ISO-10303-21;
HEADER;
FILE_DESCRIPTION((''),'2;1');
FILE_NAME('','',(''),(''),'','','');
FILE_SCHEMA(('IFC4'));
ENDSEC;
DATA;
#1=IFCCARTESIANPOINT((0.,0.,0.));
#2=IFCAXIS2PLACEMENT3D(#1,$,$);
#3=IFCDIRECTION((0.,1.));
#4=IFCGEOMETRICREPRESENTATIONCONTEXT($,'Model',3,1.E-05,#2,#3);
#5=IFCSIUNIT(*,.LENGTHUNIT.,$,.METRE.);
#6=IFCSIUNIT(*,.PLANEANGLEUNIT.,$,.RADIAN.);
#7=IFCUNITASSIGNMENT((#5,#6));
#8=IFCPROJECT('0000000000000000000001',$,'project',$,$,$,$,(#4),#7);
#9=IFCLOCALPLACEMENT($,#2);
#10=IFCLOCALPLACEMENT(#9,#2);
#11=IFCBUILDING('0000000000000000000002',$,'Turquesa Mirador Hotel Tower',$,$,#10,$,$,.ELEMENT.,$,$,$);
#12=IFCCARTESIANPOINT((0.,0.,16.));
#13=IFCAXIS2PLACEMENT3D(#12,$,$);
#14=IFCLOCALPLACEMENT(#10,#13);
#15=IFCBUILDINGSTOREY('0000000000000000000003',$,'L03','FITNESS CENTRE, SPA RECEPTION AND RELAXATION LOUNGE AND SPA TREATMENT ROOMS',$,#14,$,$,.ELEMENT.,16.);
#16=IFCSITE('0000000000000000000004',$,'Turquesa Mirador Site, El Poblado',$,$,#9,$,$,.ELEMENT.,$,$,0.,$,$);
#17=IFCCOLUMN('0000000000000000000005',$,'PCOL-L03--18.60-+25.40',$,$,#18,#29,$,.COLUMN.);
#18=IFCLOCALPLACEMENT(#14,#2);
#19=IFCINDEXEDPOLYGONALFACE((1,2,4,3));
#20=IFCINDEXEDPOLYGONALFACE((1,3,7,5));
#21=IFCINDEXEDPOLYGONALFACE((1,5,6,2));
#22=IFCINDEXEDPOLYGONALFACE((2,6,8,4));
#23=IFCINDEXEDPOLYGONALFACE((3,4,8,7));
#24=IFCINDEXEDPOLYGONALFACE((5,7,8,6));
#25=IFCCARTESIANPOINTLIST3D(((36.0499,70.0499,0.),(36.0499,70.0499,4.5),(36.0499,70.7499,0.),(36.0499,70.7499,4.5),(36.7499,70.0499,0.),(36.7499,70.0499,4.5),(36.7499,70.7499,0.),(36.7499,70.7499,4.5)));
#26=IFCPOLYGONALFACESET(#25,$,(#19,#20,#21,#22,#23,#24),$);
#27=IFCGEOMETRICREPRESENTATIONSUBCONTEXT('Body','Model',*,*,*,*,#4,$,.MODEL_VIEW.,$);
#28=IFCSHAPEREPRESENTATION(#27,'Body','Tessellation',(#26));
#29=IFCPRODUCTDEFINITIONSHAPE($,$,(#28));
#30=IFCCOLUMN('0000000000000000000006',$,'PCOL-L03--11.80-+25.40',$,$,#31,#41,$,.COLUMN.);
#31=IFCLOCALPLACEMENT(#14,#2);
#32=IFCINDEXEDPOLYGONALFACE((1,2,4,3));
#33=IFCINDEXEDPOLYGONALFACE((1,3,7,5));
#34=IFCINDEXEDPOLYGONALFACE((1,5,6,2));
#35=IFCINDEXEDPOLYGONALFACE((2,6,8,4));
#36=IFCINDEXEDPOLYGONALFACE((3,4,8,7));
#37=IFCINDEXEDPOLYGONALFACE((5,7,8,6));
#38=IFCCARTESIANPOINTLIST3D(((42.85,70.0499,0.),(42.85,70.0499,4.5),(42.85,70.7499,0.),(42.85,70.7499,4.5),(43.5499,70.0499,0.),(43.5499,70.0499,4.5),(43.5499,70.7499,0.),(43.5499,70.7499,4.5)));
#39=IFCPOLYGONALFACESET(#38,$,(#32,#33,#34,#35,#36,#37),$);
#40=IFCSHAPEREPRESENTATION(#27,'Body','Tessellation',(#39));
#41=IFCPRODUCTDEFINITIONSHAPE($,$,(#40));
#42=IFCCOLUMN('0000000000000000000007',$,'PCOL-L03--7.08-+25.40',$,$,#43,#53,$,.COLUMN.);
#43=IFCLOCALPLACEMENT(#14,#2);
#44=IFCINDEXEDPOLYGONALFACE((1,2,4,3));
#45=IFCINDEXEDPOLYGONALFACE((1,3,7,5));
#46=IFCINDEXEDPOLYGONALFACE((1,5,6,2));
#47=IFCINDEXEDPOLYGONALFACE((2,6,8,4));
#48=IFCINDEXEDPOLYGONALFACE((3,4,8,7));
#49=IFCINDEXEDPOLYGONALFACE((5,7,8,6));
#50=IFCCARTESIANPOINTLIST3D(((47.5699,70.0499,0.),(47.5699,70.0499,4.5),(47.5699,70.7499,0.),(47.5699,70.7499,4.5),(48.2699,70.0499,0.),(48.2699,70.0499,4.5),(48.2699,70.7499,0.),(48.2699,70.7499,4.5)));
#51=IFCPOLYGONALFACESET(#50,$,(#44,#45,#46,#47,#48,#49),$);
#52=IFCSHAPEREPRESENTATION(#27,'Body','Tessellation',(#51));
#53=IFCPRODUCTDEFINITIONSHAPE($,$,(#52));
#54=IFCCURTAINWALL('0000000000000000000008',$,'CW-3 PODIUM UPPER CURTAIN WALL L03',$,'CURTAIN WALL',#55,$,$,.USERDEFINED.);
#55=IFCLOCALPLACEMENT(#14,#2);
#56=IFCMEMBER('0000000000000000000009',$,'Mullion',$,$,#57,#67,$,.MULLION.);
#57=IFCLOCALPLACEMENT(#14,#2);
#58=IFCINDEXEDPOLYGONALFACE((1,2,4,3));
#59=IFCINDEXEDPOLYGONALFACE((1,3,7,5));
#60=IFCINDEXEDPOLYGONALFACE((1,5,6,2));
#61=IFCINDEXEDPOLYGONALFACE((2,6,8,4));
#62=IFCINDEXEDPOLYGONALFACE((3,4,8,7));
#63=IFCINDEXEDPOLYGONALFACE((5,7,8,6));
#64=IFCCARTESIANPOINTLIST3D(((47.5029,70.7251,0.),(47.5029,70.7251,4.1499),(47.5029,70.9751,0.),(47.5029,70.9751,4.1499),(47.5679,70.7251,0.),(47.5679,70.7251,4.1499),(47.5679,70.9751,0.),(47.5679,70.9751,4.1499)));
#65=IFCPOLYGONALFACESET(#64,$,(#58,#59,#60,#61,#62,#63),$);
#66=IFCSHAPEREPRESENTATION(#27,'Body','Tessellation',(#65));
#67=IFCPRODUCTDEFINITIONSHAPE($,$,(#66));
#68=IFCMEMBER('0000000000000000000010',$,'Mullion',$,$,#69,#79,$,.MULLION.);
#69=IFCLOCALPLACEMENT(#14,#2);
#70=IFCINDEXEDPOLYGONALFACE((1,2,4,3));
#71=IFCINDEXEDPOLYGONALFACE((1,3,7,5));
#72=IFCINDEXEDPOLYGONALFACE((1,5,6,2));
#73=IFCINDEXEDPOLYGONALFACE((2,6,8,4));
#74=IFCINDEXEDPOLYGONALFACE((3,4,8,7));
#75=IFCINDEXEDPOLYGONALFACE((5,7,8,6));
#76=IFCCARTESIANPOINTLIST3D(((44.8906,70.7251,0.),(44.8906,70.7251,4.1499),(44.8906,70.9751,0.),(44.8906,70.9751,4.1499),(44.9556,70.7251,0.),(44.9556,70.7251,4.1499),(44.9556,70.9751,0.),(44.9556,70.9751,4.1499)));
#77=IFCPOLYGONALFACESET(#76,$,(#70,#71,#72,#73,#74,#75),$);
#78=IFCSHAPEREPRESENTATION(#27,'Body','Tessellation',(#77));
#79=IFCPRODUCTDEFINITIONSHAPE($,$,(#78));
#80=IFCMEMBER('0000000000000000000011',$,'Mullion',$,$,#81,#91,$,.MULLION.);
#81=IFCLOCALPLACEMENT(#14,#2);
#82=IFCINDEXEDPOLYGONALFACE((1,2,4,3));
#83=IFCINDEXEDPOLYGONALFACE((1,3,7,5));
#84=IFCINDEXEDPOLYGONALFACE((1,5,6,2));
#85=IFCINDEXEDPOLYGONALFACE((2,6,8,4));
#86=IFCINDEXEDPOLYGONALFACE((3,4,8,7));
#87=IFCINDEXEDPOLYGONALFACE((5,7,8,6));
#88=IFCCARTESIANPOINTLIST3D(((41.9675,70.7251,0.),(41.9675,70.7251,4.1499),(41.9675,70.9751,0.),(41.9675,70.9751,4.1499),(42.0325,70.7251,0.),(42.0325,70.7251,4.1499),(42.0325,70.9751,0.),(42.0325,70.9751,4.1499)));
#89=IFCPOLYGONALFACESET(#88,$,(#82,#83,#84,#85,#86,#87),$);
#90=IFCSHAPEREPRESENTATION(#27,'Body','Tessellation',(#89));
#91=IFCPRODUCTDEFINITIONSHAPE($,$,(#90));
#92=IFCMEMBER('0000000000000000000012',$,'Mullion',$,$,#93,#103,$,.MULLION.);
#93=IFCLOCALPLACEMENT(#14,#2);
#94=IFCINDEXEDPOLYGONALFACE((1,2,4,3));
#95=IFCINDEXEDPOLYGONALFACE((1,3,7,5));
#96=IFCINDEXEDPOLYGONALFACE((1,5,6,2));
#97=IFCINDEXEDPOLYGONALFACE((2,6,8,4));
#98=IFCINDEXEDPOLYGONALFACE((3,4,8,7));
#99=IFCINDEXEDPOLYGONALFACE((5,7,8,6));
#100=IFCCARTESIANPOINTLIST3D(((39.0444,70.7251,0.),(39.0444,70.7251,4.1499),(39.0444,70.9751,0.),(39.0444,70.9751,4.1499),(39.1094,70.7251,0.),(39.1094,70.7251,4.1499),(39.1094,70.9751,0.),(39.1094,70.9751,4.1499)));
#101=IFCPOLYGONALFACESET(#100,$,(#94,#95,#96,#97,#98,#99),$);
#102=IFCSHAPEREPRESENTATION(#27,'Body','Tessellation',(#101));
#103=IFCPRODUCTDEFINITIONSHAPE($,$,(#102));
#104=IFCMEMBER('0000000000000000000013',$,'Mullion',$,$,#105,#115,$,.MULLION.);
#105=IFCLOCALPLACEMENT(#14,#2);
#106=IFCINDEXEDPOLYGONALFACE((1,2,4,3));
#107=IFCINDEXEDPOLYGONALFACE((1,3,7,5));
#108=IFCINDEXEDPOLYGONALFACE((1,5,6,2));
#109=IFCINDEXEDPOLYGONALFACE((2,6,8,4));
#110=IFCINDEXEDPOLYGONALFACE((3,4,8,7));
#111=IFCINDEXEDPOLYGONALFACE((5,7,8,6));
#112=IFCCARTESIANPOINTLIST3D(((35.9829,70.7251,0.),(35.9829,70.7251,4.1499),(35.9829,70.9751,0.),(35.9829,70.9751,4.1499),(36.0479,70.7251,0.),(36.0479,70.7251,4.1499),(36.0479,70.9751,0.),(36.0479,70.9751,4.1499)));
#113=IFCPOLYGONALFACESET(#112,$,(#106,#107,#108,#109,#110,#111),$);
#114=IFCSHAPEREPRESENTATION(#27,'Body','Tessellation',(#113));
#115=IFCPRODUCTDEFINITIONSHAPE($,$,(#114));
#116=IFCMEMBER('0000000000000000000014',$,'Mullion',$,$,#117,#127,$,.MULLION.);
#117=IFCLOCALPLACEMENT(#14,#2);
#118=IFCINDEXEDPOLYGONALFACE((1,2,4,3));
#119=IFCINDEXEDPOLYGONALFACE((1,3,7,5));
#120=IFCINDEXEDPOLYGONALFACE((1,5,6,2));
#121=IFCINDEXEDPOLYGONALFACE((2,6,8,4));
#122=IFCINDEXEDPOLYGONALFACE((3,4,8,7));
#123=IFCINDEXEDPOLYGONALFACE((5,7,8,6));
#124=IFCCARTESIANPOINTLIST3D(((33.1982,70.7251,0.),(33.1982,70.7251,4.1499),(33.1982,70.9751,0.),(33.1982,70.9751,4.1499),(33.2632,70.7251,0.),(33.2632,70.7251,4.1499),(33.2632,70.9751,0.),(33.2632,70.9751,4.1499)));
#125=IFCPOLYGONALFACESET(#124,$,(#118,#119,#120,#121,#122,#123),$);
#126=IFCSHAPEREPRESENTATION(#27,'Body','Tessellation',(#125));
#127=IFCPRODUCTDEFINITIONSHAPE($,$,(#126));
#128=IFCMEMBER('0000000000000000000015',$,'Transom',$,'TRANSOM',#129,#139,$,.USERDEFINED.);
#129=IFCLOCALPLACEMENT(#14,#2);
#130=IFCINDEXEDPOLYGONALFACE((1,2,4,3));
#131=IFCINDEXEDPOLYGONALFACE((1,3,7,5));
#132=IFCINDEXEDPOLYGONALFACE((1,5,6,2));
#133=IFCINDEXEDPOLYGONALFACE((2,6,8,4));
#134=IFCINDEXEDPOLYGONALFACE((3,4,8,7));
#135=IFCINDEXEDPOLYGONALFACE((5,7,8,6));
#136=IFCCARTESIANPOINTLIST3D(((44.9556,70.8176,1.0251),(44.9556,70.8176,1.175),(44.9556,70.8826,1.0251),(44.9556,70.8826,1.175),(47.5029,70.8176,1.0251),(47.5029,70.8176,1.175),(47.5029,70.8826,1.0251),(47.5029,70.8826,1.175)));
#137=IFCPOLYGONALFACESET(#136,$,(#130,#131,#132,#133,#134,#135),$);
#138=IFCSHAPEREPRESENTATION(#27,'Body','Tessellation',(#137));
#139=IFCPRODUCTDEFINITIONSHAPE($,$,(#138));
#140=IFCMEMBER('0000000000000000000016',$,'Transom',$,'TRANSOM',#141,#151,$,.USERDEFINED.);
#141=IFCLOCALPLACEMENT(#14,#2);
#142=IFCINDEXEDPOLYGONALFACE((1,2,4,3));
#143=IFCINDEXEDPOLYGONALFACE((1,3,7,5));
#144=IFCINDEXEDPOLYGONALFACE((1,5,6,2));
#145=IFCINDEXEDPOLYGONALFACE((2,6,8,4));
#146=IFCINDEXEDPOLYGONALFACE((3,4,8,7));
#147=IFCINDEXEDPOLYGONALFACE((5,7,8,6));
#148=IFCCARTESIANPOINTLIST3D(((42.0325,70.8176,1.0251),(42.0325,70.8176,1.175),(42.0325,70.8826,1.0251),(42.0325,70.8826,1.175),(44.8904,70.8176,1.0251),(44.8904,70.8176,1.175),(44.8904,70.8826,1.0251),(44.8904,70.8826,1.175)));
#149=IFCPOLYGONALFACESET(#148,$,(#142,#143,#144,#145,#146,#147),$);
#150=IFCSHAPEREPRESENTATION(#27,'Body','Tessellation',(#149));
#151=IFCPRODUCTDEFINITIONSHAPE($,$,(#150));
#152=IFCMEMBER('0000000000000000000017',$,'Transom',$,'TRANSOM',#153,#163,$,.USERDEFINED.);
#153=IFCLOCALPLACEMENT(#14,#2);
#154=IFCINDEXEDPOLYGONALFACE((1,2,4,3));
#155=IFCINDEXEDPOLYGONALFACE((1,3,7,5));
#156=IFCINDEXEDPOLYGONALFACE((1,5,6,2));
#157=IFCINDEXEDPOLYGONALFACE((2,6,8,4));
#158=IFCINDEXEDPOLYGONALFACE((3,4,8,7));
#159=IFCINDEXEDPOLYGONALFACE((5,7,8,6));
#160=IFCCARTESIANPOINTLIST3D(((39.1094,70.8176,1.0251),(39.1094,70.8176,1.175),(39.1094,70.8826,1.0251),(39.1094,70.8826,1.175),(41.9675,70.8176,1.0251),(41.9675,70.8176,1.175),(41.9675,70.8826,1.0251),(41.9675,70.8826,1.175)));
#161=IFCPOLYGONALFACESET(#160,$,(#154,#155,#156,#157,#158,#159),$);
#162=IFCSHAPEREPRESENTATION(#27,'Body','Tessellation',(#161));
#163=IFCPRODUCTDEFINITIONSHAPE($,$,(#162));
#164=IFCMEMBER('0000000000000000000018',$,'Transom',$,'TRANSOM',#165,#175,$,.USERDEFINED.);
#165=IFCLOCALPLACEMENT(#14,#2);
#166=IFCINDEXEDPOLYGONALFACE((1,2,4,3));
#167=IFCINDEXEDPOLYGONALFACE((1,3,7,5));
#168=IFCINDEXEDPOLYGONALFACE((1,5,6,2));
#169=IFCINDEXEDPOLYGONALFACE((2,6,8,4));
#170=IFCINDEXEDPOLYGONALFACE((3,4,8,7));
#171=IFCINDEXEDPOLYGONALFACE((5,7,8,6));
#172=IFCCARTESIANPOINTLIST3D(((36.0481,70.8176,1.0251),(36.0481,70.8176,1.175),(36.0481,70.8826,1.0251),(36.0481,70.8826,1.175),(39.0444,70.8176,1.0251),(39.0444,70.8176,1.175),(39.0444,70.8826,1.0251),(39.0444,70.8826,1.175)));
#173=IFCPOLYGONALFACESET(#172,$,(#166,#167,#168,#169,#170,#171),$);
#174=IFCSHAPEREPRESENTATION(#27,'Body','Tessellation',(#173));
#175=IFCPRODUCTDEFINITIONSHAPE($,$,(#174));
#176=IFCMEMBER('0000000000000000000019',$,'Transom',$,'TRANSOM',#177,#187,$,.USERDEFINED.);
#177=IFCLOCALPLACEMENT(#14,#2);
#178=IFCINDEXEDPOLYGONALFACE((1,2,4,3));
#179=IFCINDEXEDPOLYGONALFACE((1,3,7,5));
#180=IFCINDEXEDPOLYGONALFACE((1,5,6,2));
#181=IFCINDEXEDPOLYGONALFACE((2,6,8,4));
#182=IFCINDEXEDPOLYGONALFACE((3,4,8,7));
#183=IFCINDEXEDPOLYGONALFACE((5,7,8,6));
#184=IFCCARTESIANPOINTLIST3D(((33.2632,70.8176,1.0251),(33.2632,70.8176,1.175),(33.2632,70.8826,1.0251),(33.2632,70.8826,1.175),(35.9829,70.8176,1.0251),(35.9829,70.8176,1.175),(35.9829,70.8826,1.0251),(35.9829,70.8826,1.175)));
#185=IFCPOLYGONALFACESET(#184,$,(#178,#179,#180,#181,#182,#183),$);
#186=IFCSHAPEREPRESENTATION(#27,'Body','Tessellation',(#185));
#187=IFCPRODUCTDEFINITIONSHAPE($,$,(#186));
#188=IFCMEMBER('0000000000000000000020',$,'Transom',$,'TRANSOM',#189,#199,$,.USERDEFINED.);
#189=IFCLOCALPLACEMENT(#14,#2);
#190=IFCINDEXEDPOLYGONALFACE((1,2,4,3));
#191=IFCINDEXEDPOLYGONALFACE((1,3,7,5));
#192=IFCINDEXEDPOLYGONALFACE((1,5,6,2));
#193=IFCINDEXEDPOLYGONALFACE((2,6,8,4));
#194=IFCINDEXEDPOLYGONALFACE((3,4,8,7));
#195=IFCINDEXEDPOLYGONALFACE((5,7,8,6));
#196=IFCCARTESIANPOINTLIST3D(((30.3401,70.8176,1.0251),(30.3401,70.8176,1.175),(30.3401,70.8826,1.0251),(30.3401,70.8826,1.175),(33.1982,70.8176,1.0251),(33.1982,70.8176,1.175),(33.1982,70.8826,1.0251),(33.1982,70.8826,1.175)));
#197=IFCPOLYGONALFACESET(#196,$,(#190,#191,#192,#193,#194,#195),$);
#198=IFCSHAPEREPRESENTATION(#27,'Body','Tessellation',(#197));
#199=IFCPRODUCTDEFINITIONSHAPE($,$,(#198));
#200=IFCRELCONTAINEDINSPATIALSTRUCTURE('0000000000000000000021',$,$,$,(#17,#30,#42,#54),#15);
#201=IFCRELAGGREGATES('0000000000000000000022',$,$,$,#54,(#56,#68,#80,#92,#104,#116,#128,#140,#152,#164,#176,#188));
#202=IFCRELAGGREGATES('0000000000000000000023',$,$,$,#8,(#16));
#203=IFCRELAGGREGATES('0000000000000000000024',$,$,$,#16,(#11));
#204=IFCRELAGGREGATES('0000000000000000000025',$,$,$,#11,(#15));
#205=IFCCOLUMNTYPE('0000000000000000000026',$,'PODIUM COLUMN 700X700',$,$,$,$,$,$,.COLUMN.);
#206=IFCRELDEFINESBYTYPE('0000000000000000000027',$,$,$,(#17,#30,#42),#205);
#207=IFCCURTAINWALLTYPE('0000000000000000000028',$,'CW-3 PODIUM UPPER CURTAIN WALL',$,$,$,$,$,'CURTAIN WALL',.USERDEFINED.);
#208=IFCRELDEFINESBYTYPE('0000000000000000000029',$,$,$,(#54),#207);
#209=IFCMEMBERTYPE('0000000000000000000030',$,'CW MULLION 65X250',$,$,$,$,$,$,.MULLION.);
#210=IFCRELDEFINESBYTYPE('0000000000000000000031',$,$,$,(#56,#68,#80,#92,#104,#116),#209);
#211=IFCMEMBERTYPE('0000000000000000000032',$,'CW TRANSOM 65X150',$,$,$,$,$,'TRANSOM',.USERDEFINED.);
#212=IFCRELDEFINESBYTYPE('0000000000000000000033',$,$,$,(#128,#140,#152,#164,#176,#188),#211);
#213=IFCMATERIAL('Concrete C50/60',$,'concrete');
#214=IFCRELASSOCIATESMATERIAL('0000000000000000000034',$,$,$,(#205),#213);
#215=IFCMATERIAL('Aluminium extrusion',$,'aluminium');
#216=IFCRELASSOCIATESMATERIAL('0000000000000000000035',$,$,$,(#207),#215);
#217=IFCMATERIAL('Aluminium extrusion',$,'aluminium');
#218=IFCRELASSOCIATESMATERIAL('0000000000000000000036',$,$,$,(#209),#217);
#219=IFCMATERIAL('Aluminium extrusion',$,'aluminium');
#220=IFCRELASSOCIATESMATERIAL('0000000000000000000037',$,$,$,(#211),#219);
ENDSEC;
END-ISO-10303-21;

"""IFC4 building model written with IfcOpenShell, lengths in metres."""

from ifc_helpers import new_model, si_unit, direction, frame, origin, origin_2d, place, context, subcontext, project, spatial, rectangle, extrude, material, material_profile, profile_set, type_object, element, aggregate, save


model = new_model("IFC4")

# Units and contexts
model_context = context("Model", 3, precision=1e-05, world=origin(), true_north=direction((0.0, 1.0)))
body_context = subcontext(model_context, "Body", "Model", "MODEL_VIEW")
ifc_project = project(units=[si_unit("LENGTHUNIT", "METRE"), si_unit("PLANEANGLEUNIT", "RADIAN")], contexts=[model_context])

# Site, building, storey
site_placement = place(None, origin())
site = spatial("IfcSite", under=ifc_project, at=site_placement, Name="Turquesa Mirador Site, El Poblado", CompositionType="ELEMENT", RefElevation=0.0)
building_placement = place(site_placement, origin())
building = spatial("IfcBuilding", under=site, at=building_placement, Name="Turquesa Mirador Hotel Tower", CompositionType="ELEMENT")
storey_placement = place(building_placement, frame((0.0, 0.0, 16.0)))
storey = spatial("IfcBuildingStorey", under=building, at=storey_placement, Name="L03", Description="FITNESS CENTRE, SPA RECEPTION AND RELAXATION LOUNGE AND SPA TREATMENT ROOMS", CompositionType="ELEMENT", Elevation=16.0)

# Columns
ifc_material_1 = material(Name="Concrete C50/60", Category="concrete")
ifc_material_profile_1 = material_profile(ifc_material_1, rectangle(XDim=0.7, YDim=0.7, at=origin_2d()), Name="RC 700X700")
ifc_profile_set_1 = profile_set([ifc_material_profile_1], Name="Concrete C50/60")
column_type = type_object("IfcColumnType", Name="PODIUM COLUMN 700X700", PredefinedType="COLUMN", material=ifc_profile_set_1)
for number, where, z_axis, x_axis, name in (
    (1, (36.3999, 70.3999, 0.0), (0.0, 0.0, 1.0), (1.0, 0.0, 0.0), "PCOL-L03--18.60-+25.40"),
    (2, (43.2, 70.3999, 0.0), (0.0, 0.0, 1.0), (1.0, 0.0, 0.0), "PCOL-L03--11.80-+25.40"),
    (3, (47.9199, 70.3999, 0.0), (0.0, 0.0, 1.0), (1.0, 0.0, 0.0), "PCOL-L03--7.08-+25.40"),
):
    element("IfcColumn", number, at=place(storey_placement, frame(where, z_axis=z_axis, x_axis=x_axis)), inside=storey, type_object=column_type, Name=name, PredefinedType="COLUMN", context=body_context, shape_type="SweptSolid", body=[
        extrude(rectangle(XDim=0.7, YDim=0.7, at=origin_2d()), origin(), (0.0, 0.0, 1.0), 4.5),
    ])

# Curtain wall, members
ifc_material_2 = material(Name="Aluminium extrusion", Category="aluminium")
curtain_wall_type = type_object("IfcCurtainWallType", Name="CW-3 PODIUM UPPER CURTAIN WALL", ElementType="CURTAIN WALL", PredefinedType="USERDEFINED", material=ifc_material_2)
curtain_wall_placement = place(storey_placement, origin())
curtain_wall = element("IfcCurtainWall", 4, at=curtain_wall_placement, inside=storey, type_object=curtain_wall_type, Name="CW-3 PODIUM UPPER CURTAIN WALL L03", ObjectType="CURTAIN WALL", PredefinedType="USERDEFINED")
ifc_material_3 = material(Name="Aluminium extrusion", Category="aluminium")
ifc_material_profile_2 = material_profile(ifc_material_3, rectangle(XDim=0.0649, YDim=0.25, at=origin_2d()), Name="MULLION 65X250")
ifc_profile_set_2 = profile_set([ifc_material_profile_2], Name="Aluminium extrusion")
member_type_1 = type_object("IfcMemberType", Name="CW MULLION 65X250", PredefinedType="MULLION", material=ifc_profile_set_2)
member_1_placement = place(storey_placement, frame((47.5354, 70.8501, 0.0), z_axis=(0.0, 0.0, 1.0), x_axis=(-1.0, 0.0, 0.0)))
member_1 = element("IfcMember", 5, at=member_1_placement, type_object=member_type_1, Name="Mullion", PredefinedType="MULLION", context=body_context, shape_type="SweptSolid", body=[
    extrude(rectangle(XDim=0.0649, YDim=0.25, at=origin_2d()), origin(), (0.0, 0.0, 1.0), 4.1499),
])
member_2_placement = place(storey_placement, frame((44.9231, 70.8501, 0.0), z_axis=(0.0, 0.0, 1.0), x_axis=(-1.0, 0.0, 0.0)))
member_2 = element("IfcMember", 6, at=member_2_placement, type_object=member_type_1, Name="Mullion", PredefinedType="MULLION", context=body_context, shape_type="SweptSolid", body=[
    extrude(rectangle(XDim=0.0649, YDim=0.25, at=origin_2d()), origin(), (0.0, 0.0, 1.0), 4.1499),
])
member_3_placement = place(storey_placement, frame((42.0, 70.8501, 0.0), z_axis=(0.0, 0.0, 1.0), x_axis=(-1.0, 0.0, 0.0)))
member_3 = element("IfcMember", 7, at=member_3_placement, type_object=member_type_1, Name="Mullion", PredefinedType="MULLION", context=body_context, shape_type="SweptSolid", body=[
    extrude(rectangle(XDim=0.0649, YDim=0.25, at=origin_2d()), origin(), (0.0, 0.0, 1.0), 4.1499),
])
member_4_placement = place(storey_placement, frame((39.0769, 70.8501, 0.0), z_axis=(0.0, 0.0, 1.0), x_axis=(-1.0, 0.0, 0.0)))
member_4 = element("IfcMember", 8, at=member_4_placement, type_object=member_type_1, Name="Mullion", PredefinedType="MULLION", context=body_context, shape_type="SweptSolid", body=[
    extrude(rectangle(XDim=0.0649, YDim=0.25, at=origin_2d()), origin(), (0.0, 0.0, 1.0), 4.1499),
])
member_5_placement = place(storey_placement, frame((36.0154, 70.8501, 0.0), z_axis=(0.0, 0.0, 1.0), x_axis=(-1.0, 0.0, 0.0)))
member_5 = element("IfcMember", 9, at=member_5_placement, type_object=member_type_1, Name="Mullion", PredefinedType="MULLION", context=body_context, shape_type="SweptSolid", body=[
    extrude(rectangle(XDim=0.0649, YDim=0.25, at=origin_2d()), origin(), (0.0, 0.0, 1.0), 4.1499),
])
member_6_placement = place(storey_placement, frame((33.2307, 70.8501, 0.0), z_axis=(0.0, 0.0, 1.0), x_axis=(-1.0, 0.0, 0.0)))
member_6 = element("IfcMember", 10, at=member_6_placement, type_object=member_type_1, Name="Mullion", PredefinedType="MULLION", context=body_context, shape_type="SweptSolid", body=[
    extrude(rectangle(XDim=0.0649, YDim=0.25, at=origin_2d()), origin(), (0.0, 0.0, 1.0), 4.1499),
])
ifc_material_4 = material(Name="Aluminium extrusion", Category="aluminium")
ifc_material_profile_3 = material_profile(ifc_material_4, rectangle(XDim=0.0649, YDim=0.1499, at=origin_2d()), Name="TRANSOM 65X150")
ifc_profile_set_3 = profile_set([ifc_material_profile_3], Name="Aluminium extrusion")
member_type_2 = type_object("IfcMemberType", Name="CW TRANSOM 65X150", ElementType="TRANSOM", PredefinedType="USERDEFINED", material=ifc_profile_set_3)
member_7_placement = place(storey_placement, frame((47.5029, 70.8501, 1.1001), z_axis=(-1.0, 0.0, 0.0), x_axis=(0.0, -1.0, 0.0)))
member_7 = element("IfcMember", 11, at=member_7_placement, type_object=member_type_2, Name="Transom", ObjectType="TRANSOM", PredefinedType="USERDEFINED", context=body_context, shape_type="SweptSolid", body=[
    extrude(rectangle(XDim=0.0649, YDim=0.1499, at=origin_2d()), origin(), (0.0, 0.0, 1.0), 2.5474),
])
member_8_placement = place(storey_placement, frame((44.8904, 70.8501, 1.1001), z_axis=(-1.0, 0.0, 0.0), x_axis=(0.0, -1.0, 0.0)))
member_8 = element("IfcMember", 12, at=member_8_placement, type_object=member_type_2, Name="Transom", ObjectType="TRANSOM", PredefinedType="USERDEFINED", context=body_context, shape_type="SweptSolid", body=[
    extrude(rectangle(XDim=0.0649, YDim=0.1499, at=origin_2d()), origin(), (0.0, 0.0, 1.0), 2.8579),
])
member_9_placement = place(storey_placement, frame((41.9675, 70.8501, 1.1001), z_axis=(-1.0, 0.0, 0.0), x_axis=(0.0, -1.0, 0.0)))
member_9 = element("IfcMember", 13, at=member_9_placement, type_object=member_type_2, Name="Transom", ObjectType="TRANSOM", PredefinedType="USERDEFINED", context=body_context, shape_type="SweptSolid", body=[
    extrude(rectangle(XDim=0.0649, YDim=0.1499, at=origin_2d()), origin(), (0.0, 0.0, 1.0), 2.8582),
])
member_10_placement = place(storey_placement, frame((39.0444, 70.8501, 1.1001), z_axis=(-1.0, 0.0, 0.0), x_axis=(0.0, -1.0, 0.0)))
member_10 = element("IfcMember", 14, at=member_10_placement, type_object=member_type_2, Name="Transom", ObjectType="TRANSOM", PredefinedType="USERDEFINED", context=body_context, shape_type="SweptSolid", body=[
    extrude(rectangle(XDim=0.0649, YDim=0.1499, at=origin_2d()), origin(), (0.0, 0.0, 1.0), 2.9963),
])
member_11_placement = place(storey_placement, frame((35.9829, 70.8501, 1.1001), z_axis=(-1.0, 0.0, 0.0), x_axis=(0.0, -1.0, 0.0)))
member_11 = element("IfcMember", 15, at=member_11_placement, type_object=member_type_2, Name="Transom", ObjectType="TRANSOM", PredefinedType="USERDEFINED", context=body_context, shape_type="SweptSolid", body=[
    extrude(rectangle(XDim=0.0649, YDim=0.1499, at=origin_2d()), origin(), (0.0, 0.0, 1.0), 2.7197),
])
member_12_placement = place(storey_placement, frame((33.1982, 70.8501, 1.1001), z_axis=(-1.0, 0.0, 0.0), x_axis=(0.0, -1.0, 0.0)))
member_12 = element("IfcMember", 16, at=member_12_placement, type_object=member_type_2, Name="Transom", ObjectType="TRANSOM", PredefinedType="USERDEFINED", context=body_context, shape_type="SweptSolid", body=[
    extrude(rectangle(XDim=0.0649, YDim=0.1499, at=origin_2d()), origin(), (0.0, 0.0, 1.0), 2.8582),
])
aggregate(curtain_wall, [member_1, member_2, member_3, member_4, member_5, member_6, member_7, member_8, member_9, member_10, member_11, member_12])

save(model, "model.ifc")
